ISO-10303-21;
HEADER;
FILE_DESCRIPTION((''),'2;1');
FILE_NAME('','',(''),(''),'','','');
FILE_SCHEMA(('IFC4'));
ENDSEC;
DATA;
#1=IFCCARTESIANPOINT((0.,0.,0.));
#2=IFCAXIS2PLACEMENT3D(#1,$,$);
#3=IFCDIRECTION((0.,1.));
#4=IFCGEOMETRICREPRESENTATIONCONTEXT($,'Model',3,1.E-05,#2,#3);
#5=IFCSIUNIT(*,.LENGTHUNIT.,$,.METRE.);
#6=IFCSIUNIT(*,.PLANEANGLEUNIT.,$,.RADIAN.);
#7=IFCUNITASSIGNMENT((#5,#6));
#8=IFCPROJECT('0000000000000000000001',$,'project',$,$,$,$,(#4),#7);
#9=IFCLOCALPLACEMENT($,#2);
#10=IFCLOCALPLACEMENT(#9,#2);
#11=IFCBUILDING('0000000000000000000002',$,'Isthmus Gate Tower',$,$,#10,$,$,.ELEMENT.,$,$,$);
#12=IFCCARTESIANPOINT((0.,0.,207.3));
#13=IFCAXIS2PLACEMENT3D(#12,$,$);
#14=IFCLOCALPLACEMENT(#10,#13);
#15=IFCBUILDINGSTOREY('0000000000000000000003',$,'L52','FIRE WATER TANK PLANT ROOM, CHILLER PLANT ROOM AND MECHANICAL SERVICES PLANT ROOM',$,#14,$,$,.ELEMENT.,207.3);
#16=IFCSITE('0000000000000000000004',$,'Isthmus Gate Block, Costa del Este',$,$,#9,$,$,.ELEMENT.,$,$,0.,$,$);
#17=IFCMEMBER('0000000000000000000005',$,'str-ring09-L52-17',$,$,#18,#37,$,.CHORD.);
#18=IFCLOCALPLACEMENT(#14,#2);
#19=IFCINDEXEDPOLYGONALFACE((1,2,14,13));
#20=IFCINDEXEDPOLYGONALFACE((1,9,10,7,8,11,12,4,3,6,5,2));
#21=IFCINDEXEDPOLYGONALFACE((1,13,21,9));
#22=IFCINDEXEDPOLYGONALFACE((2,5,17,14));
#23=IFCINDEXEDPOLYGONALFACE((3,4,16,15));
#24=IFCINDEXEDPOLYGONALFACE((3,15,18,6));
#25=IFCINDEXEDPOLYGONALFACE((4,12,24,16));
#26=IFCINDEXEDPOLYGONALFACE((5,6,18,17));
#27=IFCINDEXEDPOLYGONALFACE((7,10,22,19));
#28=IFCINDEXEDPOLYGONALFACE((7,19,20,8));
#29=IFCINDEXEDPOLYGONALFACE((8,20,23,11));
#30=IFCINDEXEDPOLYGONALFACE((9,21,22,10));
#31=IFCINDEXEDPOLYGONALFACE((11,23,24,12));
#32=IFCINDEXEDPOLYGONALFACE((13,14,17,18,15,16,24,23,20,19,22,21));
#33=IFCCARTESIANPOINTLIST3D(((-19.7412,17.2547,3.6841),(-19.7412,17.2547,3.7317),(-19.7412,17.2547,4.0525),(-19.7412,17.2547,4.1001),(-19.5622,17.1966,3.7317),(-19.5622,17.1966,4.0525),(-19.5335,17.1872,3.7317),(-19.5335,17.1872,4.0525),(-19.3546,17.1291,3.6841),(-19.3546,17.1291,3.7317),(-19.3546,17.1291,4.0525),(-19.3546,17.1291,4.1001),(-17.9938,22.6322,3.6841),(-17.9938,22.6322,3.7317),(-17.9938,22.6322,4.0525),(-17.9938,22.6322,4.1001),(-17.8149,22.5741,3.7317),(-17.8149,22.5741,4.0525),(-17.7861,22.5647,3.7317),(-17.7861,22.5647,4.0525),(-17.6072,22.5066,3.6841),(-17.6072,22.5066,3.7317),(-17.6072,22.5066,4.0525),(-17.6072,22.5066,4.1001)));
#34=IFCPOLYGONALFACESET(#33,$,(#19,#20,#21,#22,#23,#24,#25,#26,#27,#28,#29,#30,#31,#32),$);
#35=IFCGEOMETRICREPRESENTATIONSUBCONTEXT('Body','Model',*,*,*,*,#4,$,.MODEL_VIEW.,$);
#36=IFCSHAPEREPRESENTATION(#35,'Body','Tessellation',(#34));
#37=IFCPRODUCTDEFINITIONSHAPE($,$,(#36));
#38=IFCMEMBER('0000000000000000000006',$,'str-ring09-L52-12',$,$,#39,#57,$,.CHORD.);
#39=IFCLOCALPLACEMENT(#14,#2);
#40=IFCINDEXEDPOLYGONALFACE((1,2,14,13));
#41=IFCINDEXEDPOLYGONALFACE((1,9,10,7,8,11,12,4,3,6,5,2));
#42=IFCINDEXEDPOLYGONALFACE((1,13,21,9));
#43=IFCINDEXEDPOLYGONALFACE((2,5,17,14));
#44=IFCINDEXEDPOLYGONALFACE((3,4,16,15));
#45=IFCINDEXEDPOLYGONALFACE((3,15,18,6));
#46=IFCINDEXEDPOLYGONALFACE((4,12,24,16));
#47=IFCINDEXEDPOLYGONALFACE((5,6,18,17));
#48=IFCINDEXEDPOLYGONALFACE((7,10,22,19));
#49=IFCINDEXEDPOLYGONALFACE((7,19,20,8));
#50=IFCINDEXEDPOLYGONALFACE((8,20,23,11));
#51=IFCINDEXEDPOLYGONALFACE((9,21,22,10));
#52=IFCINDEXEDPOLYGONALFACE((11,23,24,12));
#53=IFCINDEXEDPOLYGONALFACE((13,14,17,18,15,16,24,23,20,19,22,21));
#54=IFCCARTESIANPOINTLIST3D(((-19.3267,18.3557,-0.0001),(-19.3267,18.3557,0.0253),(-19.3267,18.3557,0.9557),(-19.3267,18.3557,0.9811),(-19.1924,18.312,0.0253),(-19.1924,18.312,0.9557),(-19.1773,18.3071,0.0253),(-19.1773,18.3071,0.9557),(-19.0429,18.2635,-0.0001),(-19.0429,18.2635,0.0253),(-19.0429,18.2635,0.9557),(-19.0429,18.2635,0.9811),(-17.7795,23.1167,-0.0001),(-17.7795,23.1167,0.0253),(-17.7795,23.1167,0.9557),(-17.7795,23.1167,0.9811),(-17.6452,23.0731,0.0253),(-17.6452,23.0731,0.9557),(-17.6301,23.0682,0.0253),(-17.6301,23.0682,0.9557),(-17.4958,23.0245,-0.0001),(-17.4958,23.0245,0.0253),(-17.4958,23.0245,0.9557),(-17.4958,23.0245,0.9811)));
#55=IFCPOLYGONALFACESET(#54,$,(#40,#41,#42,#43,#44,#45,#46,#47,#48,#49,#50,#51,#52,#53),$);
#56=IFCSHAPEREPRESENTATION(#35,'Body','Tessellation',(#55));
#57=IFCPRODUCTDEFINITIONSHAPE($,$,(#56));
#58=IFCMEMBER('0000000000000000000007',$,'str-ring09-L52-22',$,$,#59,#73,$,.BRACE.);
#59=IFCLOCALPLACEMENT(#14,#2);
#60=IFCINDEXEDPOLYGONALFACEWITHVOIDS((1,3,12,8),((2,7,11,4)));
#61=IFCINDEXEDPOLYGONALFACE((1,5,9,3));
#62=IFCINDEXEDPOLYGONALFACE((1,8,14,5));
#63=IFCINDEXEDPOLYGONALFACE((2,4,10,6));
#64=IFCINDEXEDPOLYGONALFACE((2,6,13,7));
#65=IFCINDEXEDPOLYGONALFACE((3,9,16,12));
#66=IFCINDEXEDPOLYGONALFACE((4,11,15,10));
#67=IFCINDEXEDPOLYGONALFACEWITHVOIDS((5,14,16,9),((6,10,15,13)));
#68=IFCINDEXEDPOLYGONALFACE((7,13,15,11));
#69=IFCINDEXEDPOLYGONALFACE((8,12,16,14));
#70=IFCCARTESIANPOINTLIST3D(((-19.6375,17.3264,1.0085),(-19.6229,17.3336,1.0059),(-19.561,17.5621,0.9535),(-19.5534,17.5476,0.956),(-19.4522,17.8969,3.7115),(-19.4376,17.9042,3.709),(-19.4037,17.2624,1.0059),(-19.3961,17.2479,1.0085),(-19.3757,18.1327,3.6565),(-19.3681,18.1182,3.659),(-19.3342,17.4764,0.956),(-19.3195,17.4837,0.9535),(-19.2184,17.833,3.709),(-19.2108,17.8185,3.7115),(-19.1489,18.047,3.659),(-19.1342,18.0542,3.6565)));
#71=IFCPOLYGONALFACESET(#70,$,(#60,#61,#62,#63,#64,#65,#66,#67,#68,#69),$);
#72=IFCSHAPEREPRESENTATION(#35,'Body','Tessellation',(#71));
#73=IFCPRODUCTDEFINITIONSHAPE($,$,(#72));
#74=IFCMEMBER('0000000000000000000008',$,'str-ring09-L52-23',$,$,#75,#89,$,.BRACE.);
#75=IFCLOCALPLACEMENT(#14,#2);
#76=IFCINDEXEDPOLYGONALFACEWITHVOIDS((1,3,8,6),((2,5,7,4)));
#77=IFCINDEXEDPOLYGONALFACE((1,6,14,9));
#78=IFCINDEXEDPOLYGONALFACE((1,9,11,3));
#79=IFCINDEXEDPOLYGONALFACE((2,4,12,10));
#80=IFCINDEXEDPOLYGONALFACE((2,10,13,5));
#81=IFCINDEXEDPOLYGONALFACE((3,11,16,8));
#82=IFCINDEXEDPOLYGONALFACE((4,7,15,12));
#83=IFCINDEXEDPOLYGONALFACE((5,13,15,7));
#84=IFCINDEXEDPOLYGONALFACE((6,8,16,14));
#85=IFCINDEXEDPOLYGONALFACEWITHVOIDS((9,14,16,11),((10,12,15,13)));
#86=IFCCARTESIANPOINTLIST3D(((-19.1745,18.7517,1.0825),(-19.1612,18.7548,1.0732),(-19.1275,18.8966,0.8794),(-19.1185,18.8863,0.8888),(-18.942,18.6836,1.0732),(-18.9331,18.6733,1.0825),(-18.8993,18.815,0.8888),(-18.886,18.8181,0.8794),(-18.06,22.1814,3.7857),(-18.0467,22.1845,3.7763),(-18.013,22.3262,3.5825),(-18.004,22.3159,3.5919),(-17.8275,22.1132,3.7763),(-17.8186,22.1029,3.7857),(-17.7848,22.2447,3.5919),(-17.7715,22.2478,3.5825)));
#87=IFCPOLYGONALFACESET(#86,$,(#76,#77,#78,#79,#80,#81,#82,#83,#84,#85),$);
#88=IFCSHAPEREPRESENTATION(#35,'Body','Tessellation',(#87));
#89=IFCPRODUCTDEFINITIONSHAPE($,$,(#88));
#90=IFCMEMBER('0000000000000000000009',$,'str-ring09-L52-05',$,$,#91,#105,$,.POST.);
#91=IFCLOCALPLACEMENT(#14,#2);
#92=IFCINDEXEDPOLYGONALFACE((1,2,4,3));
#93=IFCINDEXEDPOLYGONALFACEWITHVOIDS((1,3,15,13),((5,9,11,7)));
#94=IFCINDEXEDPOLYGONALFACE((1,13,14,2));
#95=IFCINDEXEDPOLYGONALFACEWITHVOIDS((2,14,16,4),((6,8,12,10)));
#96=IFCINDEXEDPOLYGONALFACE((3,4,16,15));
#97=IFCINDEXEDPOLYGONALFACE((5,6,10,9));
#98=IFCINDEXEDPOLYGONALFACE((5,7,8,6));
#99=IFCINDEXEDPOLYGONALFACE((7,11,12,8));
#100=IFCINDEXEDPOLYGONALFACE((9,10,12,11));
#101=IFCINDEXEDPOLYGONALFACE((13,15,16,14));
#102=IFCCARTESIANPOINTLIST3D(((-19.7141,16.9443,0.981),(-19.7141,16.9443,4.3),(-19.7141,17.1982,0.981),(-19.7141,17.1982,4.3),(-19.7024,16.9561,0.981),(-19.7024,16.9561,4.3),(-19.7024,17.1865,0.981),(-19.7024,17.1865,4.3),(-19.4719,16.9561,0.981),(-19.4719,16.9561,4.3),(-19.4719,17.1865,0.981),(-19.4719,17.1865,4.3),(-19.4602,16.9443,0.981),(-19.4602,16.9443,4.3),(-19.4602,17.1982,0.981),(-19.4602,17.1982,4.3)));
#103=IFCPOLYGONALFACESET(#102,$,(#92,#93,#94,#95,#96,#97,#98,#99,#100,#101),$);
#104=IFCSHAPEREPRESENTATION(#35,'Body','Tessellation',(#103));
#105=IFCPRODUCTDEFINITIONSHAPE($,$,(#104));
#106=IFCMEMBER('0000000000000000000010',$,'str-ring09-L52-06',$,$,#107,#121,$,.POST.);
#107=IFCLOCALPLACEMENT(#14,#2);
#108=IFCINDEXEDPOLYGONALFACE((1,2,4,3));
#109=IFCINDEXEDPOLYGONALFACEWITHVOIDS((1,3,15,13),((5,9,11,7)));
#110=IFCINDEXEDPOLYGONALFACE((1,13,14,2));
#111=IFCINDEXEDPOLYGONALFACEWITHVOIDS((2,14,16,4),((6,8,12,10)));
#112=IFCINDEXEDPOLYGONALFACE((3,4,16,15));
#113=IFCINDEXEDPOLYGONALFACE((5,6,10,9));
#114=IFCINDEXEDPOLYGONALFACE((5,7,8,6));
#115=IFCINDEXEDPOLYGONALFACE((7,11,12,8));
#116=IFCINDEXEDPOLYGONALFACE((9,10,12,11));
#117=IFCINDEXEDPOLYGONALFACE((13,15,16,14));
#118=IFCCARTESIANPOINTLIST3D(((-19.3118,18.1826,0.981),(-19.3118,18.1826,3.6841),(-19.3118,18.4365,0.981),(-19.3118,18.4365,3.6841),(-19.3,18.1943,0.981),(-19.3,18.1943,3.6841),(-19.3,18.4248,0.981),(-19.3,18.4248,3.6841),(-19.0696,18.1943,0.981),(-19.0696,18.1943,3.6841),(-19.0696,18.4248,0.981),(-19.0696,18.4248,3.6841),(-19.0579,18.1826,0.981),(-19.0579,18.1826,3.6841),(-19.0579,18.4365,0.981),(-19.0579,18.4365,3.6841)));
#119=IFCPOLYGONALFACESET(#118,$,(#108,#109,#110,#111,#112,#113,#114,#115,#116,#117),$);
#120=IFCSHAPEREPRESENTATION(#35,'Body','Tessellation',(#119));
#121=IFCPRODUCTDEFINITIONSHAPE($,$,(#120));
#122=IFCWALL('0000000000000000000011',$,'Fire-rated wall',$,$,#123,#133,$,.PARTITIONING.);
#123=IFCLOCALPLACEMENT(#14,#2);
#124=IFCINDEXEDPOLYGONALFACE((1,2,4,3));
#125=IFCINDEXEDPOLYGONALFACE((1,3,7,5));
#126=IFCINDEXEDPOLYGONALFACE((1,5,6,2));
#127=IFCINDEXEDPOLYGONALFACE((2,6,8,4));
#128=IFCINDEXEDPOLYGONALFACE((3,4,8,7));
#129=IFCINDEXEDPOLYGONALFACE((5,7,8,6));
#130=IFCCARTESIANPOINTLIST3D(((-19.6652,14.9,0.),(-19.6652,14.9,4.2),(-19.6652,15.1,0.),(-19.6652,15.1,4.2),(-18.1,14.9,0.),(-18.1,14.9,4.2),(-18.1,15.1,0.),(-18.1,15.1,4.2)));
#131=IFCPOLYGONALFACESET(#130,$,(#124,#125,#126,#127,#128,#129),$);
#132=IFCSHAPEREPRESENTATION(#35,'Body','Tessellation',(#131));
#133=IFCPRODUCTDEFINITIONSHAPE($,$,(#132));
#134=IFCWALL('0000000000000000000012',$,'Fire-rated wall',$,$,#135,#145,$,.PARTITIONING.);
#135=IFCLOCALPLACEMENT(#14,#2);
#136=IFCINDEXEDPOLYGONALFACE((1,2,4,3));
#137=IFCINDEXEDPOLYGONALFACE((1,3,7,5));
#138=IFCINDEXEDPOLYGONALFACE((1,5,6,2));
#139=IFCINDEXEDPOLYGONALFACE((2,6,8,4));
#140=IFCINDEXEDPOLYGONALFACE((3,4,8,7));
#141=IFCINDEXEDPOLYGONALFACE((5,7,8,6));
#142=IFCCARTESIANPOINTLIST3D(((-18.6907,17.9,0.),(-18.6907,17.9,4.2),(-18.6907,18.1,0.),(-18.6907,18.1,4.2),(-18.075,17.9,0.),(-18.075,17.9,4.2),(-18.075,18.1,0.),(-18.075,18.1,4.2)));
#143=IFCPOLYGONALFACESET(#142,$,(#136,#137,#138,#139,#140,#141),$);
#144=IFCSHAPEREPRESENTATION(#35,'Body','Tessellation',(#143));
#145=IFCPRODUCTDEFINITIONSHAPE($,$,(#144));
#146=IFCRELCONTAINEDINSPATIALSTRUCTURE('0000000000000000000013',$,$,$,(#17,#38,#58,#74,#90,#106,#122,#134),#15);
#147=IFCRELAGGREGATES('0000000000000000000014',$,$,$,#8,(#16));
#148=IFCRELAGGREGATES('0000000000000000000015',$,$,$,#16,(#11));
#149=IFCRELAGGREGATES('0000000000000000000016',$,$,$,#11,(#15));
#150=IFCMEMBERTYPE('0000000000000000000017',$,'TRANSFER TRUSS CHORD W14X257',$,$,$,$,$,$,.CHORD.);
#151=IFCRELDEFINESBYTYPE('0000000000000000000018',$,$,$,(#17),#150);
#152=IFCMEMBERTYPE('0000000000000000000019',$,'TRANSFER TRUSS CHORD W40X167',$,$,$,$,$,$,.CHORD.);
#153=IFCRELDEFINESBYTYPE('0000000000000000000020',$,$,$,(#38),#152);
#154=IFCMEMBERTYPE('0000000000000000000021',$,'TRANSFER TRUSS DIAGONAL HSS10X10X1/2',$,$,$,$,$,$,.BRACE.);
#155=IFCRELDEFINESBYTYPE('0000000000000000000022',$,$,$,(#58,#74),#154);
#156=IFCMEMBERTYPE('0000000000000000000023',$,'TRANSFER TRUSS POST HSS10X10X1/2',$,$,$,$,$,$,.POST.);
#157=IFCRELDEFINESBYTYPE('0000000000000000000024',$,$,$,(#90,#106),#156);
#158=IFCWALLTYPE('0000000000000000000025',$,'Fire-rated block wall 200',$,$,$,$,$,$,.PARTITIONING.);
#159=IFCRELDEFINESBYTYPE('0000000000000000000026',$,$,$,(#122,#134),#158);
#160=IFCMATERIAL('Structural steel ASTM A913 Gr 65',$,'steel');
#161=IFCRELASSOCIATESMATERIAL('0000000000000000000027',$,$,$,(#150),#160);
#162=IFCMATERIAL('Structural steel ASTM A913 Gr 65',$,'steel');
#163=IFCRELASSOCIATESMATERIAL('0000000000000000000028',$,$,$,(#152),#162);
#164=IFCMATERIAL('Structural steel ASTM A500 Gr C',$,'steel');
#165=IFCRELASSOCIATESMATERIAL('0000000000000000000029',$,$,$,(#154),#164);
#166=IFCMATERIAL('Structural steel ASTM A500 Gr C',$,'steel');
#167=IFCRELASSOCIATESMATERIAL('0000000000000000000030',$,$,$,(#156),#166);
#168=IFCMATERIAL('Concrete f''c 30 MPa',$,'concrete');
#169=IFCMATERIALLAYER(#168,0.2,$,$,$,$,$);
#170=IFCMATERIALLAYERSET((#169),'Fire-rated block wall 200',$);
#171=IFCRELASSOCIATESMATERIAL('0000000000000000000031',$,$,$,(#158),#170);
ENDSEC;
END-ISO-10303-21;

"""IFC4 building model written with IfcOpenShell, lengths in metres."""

from ifc_helpers import new_model, si_unit, direction, frame, frame_2d, origin, origin_2d, place, context, subcontext, project, spatial, rectangle, hollow_rectangle, i_section, extrude, material, layer, layer_set, material_profile, profile_set, type_object, element, save


model = new_model("IFC4")

# Units and contexts
model_context = context("Model", 3, precision=1e-05, world=origin(), true_north=direction((0.0, 1.0)))
body_context = subcontext(model_context, "Body", "Model", "MODEL_VIEW")
ifc_project = project(units=[si_unit("LENGTHUNIT", "METRE"), si_unit("PLANEANGLEUNIT", "RADIAN")], contexts=[model_context])

# Site, building, storey
site_placement = place(None, origin())
site = spatial("IfcSite", under=ifc_project, at=site_placement, Name="Isthmus Gate Block, Costa del Este", CompositionType="ELEMENT", RefElevation=0.0)
building_placement = place(site_placement, origin())
building = spatial("IfcBuilding", under=site, at=building_placement, Name="Isthmus Gate Tower", CompositionType="ELEMENT")
storey_placement = place(building_placement, frame((0.0, 0.0, 207.3)))
storey = spatial("IfcBuildingStorey", under=building, at=storey_placement, Name="L52", Description="FIRE WATER TANK PLANT ROOM, CHILLER PLANT ROOM AND MECHANICAL SERVICES PLANT ROOM", CompositionType="ELEMENT", Elevation=207.3)

# Members
ifc_material_1 = material(Name="Structural steel ASTM A913 Gr 65", Category="steel")
ifc_material_profile_1 = material_profile(ifc_material_1, i_section(OverallWidth=0.4065, OverallDepth=0.416, WebThickness=0.0303, FlangeThickness=0.0476, at=origin_2d()), Name="W14X257")
ifc_profile_set_1 = profile_set([ifc_material_profile_1], Name="Structural steel ASTM A913 Gr 65")
member_type_1 = type_object("IfcMemberType", Name="TRANSFER TRUSS CHORD W14X257", PredefinedType="CHORD", material=ifc_profile_set_1)
member_1_placement = place(storey_placement, frame((-19.5479, 17.1919, 3.8921), z_axis=(0.309029, 0.951052, 0.0), x_axis=(-0.951052, 0.309029, 0.0)))
element("IfcMember", 1, at=member_1_placement, inside=storey, type_object=member_type_1, Name="str-ring09-L52-17", PredefinedType="CHORD", context=body_context, shape_type="SweptSolid", body=[
    extrude(i_section(OverallWidth=0.4065, OverallDepth=0.416, WebThickness=0.0303, FlangeThickness=0.0476, at=origin_2d()), origin(), (0.0, 0.0, 1.0), 5.6543),
])
ifc_material_2 = material(Name="Structural steel ASTM A913 Gr 65", Category="steel")
ifc_material_profile_2 = material_profile(ifc_material_2, i_section(OverallWidth=0.2983, OverallDepth=0.9812, WebThickness=0.0159, FlangeThickness=0.0254, at=origin_2d()), Name="W40X167")
ifc_profile_set_2 = profile_set([ifc_material_profile_2], Name="Structural steel ASTM A913 Gr 65")
member_type_2 = type_object("IfcMemberType", Name="TRANSFER TRUSS CHORD W40X167", PredefinedType="CHORD", material=ifc_profile_set_2)
member_2_placement = place(storey_placement, frame((-19.1848, 18.3096, 0.4905), z_axis=(0.30905, 0.951046, 0.0), x_axis=(-0.951046, 0.30905, 0.0)))
element("IfcMember", 2, at=member_2_placement, inside=storey, type_object=member_type_2, Name="str-ring09-L52-12", PredefinedType="CHORD", context=body_context, shape_type="SweptSolid", body=[
    extrude(i_section(OverallWidth=0.2983, OverallDepth=0.9812, WebThickness=0.0159, FlangeThickness=0.0254, at=origin_2d()), origin(), (0.0, 0.0, 1.0), 5.0061),
])
ifc_material_3 = material(Name="Structural steel ASTM A500 Gr C", Category="steel")
ifc_material_profile_3 = material_profile(ifc_material_3, hollow_rectangle(XDim=0.2539, YDim=0.2539, WallThickness=0.0117, at=origin_2d()), Name="HSS10X10X1/2")
ifc_profile_set_3 = profile_set([ifc_material_profile_3], Name="Structural steel ASTM A500 Gr C")
member_type_3 = type_object("IfcMemberType", Name="TRANSFER TRUSS DIAGONAL HSS10X10X1/2", PredefinedType="BRACE", material=ifc_profile_set_3)
member_3_placement = place(storey_placement, frame((-19.4785, 17.405, 0.981), z_axis=(0.066923, 0.20606, 0.976248), x_axis=(-0.951097, 0.308893, 0.0)))
element("IfcMember", 3, at=member_3_placement, inside=storey, type_object=member_type_3, Name="str-ring09-L52-22", PredefinedType="BRACE", context=body_context, shape_type="SweptSolid", body=[
    extrude(hollow_rectangle(XDim=0.2539, YDim=0.2539, WallThickness=0.0117, at=origin_2d()), origin(), (0.0, 0.0, 1.0), 2.7688),
])
member_4_placement = place(storey_placement, frame((-19.0303, 18.7849, 0.981), z_axis=(0.24729, 0.760993, 0.599781), x_axis=(-0.951046, 0.309049, 0.0)))
element("IfcMember", 4, at=member_4_placement, inside=storey, type_object=member_type_3, Name="str-ring09-L52-23", PredefinedType="BRACE", context=body_context, shape_type="SweptSolid", body=[
    extrude(hollow_rectangle(XDim=0.2539, YDim=0.2539, WallThickness=0.0117, at=origin_2d()), origin(), (0.0, 0.0, 1.0), 4.5068),
])
ifc_material_4 = material(Name="Structural steel ASTM A500 Gr C", Category="steel")
ifc_material_profile_4 = material_profile(ifc_material_4, hollow_rectangle(XDim=0.2539, YDim=0.2539, WallThickness=0.0117, at=origin_2d()), Name="HSS10X10X1/2")
ifc_profile_set_4 = profile_set([ifc_material_profile_4], Name="Structural steel ASTM A500 Gr C")
member_type_4 = type_object("IfcMemberType", Name="TRANSFER TRUSS POST HSS10X10X1/2", PredefinedType="POST", material=ifc_profile_set_4)
member_5_placement = place(storey_placement, frame((-19.5872, 17.0713, 0.981), z_axis=(0.0, 0.0, 1.0), x_axis=(1.0, 0.0, 0.0)))
element("IfcMember", 5, at=member_5_placement, inside=storey, type_object=member_type_4, Name="str-ring09-L52-05", PredefinedType="POST", context=body_context, shape_type="SweptSolid", body=[
    extrude(hollow_rectangle(XDim=0.2539, YDim=0.2539, WallThickness=0.0117, at=origin_2d()), origin(), (0.0, 0.0, 1.0), 3.3191),
])
member_6_placement = place(storey_placement, frame((-19.1848, 18.3096, 0.981), z_axis=(0.0, 0.0, 1.0), x_axis=(1.0, 0.0, 0.0)))
element("IfcMember", 6, at=member_6_placement, inside=storey, type_object=member_type_4, Name="str-ring09-L52-06", PredefinedType="POST", context=body_context, shape_type="SweptSolid", body=[
    extrude(hollow_rectangle(XDim=0.2539, YDim=0.2539, WallThickness=0.0117, at=origin_2d()), origin(), (0.0, 0.0, 1.0), 2.7031),
])

# Walls
ifc_material_5 = material(Name="Concrete f'c 30 MPa", Category="concrete")
ifc_layer_1 = layer(ifc_material_5, 0.2)
ifc_layer_set_1 = layer_set([ifc_layer_1], Name="Fire-rated block wall 200")
wall_type_1 = type_object("IfcWallType", Name="Fire-rated block wall 200", PredefinedType="PARTITIONING", material=ifc_layer_set_1)
wall_1_placement = place(storey_placement, frame((-19.6653, 15.0, 0.0), z_axis=(0.0, 0.0, 1.0), x_axis=(1.0, 0.0, 0.0)))
element("IfcWall", 7, at=wall_1_placement, inside=storey, type_object=wall_type_1, Name="Fire-rated wall", PredefinedType="PARTITIONING", context=body_context, shape_type="SweptSolid", body=[
    extrude(rectangle(XDim=1.5652, YDim=0.2, at=frame_2d((0.7827, 0.0))), origin(), (0.0, 0.0, 1.0), 4.2),
])
wall_2_placement = place(storey_placement, frame((-18.6907, 18.0, 0.0), z_axis=(0.0, 0.0, 1.0), x_axis=(1.0, 0.0, 0.0)))
element("IfcWall", 8, at=wall_2_placement, inside=storey, type_object=wall_type_1, Name="Fire-rated wall", PredefinedType="PARTITIONING", context=body_context, shape_type="SweptSolid", body=[
    extrude(rectangle(XDim=0.6157, YDim=0.2, at=frame_2d((0.3079, 0.0))), origin(), (0.0, 0.0, 1.0), 4.2),
])

save(model, "model.ifc")
